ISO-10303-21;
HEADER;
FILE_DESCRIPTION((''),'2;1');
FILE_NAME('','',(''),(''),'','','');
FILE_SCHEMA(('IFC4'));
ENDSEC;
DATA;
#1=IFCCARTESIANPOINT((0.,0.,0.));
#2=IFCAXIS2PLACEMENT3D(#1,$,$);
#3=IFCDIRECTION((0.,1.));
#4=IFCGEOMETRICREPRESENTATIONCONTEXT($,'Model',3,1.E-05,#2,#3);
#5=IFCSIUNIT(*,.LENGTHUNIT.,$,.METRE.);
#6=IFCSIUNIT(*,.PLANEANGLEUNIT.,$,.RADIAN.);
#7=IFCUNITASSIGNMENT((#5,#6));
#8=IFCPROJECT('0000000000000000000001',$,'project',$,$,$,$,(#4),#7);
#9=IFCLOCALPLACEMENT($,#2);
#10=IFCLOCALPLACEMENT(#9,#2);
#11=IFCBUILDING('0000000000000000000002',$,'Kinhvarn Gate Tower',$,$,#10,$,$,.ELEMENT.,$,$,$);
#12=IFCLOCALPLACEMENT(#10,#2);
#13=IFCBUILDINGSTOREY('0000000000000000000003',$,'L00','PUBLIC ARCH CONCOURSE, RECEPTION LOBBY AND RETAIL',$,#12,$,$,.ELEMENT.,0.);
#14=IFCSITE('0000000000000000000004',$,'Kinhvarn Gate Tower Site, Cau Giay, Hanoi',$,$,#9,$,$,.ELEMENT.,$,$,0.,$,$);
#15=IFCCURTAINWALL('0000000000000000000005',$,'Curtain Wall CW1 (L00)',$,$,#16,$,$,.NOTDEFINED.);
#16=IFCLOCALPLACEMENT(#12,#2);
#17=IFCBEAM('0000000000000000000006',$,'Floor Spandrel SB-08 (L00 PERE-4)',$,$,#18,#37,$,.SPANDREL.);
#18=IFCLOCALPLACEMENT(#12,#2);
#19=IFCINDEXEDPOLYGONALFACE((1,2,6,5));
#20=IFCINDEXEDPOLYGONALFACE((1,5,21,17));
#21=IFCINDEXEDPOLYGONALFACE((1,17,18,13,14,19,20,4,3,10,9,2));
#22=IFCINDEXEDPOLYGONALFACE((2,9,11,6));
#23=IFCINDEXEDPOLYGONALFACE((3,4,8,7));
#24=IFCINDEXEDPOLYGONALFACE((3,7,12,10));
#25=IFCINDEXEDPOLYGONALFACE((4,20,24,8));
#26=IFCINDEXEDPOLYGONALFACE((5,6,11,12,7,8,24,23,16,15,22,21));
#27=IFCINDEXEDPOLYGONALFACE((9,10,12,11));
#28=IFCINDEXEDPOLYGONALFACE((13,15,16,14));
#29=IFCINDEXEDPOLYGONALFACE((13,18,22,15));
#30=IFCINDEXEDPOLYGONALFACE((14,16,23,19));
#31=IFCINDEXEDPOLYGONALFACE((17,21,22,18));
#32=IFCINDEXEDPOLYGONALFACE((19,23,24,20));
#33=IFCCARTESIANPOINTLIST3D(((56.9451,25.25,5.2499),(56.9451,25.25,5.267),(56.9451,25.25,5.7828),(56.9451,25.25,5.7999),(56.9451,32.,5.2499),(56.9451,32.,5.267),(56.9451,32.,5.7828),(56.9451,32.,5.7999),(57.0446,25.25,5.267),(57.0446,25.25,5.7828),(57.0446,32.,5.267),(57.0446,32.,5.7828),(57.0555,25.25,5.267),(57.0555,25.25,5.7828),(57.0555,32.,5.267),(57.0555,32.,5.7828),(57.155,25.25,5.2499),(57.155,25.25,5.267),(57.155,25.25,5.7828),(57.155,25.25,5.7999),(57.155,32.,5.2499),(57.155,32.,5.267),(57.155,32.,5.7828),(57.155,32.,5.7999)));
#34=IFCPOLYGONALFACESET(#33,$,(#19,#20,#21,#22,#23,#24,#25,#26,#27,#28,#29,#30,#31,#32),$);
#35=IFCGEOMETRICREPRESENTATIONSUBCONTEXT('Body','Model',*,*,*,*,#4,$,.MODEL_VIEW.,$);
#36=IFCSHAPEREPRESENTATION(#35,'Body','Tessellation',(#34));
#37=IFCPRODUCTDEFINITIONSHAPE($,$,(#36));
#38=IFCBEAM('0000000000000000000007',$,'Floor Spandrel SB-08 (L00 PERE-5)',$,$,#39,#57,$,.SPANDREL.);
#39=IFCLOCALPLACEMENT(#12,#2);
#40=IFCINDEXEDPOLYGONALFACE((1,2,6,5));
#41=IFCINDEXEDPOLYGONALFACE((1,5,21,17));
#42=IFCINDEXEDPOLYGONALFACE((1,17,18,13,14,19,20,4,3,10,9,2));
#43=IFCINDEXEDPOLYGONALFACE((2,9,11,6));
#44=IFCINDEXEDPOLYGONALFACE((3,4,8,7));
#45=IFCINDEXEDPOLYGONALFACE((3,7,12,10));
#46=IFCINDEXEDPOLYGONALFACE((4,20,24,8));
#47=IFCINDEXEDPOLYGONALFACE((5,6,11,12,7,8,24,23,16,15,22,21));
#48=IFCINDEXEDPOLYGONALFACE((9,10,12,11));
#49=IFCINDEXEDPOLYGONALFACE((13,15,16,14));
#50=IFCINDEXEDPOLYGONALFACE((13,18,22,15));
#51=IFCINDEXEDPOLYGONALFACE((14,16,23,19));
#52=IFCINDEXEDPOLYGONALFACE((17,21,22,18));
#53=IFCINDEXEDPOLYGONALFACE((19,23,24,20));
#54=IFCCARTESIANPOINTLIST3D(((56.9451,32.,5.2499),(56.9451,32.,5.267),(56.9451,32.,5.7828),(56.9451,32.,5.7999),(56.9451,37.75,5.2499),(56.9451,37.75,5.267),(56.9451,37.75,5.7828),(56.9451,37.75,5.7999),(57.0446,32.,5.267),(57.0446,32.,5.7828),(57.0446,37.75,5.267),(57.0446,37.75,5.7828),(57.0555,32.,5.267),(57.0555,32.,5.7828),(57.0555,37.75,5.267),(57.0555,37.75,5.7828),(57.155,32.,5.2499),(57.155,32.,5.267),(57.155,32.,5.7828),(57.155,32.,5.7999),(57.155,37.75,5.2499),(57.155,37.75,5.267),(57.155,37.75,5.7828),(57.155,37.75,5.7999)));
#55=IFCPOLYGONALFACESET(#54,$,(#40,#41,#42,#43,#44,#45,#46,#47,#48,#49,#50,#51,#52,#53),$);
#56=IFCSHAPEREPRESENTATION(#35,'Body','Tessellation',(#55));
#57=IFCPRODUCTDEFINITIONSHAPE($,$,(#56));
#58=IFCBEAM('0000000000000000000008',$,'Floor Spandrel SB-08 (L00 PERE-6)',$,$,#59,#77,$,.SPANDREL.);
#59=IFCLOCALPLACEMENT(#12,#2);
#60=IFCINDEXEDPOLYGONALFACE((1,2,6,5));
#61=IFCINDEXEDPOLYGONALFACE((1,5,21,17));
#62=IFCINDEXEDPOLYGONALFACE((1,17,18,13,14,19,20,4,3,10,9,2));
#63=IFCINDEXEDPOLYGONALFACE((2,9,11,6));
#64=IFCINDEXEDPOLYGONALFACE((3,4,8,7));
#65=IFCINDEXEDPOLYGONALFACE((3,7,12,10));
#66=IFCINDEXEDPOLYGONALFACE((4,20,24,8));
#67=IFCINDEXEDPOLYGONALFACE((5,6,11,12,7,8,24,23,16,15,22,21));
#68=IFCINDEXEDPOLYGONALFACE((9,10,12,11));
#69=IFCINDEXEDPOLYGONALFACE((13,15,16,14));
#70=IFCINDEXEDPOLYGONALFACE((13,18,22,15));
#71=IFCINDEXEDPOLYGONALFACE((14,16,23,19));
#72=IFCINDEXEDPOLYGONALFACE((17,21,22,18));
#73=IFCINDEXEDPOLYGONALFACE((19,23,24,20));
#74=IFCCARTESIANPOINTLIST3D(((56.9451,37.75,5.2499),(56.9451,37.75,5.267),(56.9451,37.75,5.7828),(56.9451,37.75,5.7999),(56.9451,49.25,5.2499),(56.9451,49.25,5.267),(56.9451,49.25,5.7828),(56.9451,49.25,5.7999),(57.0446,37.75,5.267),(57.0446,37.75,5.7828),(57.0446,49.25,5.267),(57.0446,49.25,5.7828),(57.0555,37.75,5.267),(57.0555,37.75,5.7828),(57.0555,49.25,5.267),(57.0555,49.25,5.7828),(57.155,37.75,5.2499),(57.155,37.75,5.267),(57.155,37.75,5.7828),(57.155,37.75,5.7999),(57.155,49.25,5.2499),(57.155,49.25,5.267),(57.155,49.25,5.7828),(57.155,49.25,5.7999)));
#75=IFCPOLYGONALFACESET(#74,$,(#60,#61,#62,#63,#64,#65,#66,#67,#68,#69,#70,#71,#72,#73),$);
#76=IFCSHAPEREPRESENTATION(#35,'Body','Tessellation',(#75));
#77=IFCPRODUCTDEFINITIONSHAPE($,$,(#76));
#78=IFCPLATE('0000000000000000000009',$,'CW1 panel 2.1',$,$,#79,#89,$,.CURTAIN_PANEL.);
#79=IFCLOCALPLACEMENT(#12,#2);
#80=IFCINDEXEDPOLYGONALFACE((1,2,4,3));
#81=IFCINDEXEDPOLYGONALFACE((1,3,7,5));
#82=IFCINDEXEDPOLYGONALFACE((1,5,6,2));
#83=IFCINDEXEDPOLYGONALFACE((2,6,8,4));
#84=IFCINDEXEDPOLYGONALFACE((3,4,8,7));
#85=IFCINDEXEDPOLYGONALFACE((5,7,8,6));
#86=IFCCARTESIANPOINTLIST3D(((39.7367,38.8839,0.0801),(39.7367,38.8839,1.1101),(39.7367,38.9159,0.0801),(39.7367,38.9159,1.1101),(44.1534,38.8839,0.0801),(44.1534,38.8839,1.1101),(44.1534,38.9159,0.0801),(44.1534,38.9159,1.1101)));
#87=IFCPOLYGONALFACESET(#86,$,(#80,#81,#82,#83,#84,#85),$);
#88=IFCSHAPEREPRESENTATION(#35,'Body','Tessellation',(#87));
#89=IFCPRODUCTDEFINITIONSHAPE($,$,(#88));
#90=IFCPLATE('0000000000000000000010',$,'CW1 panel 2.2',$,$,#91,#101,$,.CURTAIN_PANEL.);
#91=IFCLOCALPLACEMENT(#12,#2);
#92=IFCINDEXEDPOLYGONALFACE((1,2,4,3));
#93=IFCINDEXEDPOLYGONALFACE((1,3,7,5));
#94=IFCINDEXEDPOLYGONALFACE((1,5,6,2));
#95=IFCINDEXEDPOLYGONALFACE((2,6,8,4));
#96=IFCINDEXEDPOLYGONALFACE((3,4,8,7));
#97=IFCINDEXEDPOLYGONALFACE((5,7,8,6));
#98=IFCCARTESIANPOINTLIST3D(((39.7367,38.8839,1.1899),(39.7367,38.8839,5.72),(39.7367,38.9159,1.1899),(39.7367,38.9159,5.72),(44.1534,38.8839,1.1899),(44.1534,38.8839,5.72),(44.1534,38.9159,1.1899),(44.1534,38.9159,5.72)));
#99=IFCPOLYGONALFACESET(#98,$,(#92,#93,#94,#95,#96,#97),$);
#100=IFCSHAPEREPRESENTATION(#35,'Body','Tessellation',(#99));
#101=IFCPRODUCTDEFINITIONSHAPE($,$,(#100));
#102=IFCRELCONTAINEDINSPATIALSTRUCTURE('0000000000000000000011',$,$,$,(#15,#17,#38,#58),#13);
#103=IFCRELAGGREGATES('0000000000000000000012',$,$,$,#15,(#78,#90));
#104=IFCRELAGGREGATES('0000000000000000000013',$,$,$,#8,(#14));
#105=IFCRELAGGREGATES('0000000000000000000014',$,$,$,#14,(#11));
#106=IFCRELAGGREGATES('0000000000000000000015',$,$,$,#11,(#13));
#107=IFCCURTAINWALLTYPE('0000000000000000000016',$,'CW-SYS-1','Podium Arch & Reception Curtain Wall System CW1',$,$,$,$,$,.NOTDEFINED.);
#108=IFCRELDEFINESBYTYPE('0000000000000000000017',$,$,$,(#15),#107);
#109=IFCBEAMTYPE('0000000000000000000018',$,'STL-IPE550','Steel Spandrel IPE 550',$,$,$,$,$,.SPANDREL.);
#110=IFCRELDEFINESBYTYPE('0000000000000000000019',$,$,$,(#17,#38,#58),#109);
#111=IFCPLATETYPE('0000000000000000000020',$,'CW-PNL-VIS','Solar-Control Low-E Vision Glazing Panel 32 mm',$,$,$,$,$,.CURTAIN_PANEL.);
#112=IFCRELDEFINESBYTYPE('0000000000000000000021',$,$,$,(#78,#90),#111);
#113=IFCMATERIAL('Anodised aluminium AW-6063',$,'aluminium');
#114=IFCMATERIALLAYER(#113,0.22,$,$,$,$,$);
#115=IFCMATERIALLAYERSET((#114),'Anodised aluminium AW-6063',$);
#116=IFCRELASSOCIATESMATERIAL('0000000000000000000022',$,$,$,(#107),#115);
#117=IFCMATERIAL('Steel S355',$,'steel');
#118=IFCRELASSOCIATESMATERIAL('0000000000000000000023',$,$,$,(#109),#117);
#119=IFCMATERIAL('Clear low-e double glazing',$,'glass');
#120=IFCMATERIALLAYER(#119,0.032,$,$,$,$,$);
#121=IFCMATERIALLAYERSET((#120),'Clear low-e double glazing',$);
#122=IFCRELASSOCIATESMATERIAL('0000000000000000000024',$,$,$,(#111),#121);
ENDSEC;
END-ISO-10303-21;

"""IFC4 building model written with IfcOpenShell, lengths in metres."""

from ifc_helpers import new_model, si_unit, direction, frame, origin, origin_2d, place, context, subcontext, project, spatial, rectangle, i_section, extrude, material, layer, layer_set, material_profile, profile_set, type_object, element, aggregate, save


model = new_model("IFC4")

# Units and contexts
model_context = context("Model", 3, precision=1e-05, world=origin(), true_north=direction((0.0, 1.0)))
body_context = subcontext(model_context, "Body", "Model", "MODEL_VIEW")
ifc_project = project(units=[si_unit("LENGTHUNIT", "METRE"), si_unit("PLANEANGLEUNIT", "RADIAN")], contexts=[model_context])

# Site, building, storey
site_placement = place(None, origin())
site = spatial("IfcSite", under=ifc_project, at=site_placement, Name="Kinhvarn Gate Tower Site, Cau Giay, Hanoi", CompositionType="ELEMENT", RefElevation=0.0)
building_placement = place(site_placement, origin())
building = spatial("IfcBuilding", under=site, at=building_placement, Name="Kinhvarn Gate Tower", CompositionType="ELEMENT")
storey_placement = place(building_placement, origin())
storey = spatial("IfcBuildingStorey", under=building, at=storey_placement, Name="L00", Description="PUBLIC ARCH CONCOURSE, RECEPTION LOBBY AND RETAIL", CompositionType="ELEMENT", Elevation=0.0)

# Curtain wall
ifc_material_1 = material(Name="Anodised aluminium AW-6063", Category="aluminium")
ifc_layer_1 = layer(ifc_material_1, 0.22)
ifc_layer_set_1 = layer_set([ifc_layer_1], Name="Anodised aluminium AW-6063")
curtain_wall_type = type_object("IfcCurtainWallType", Name="CW-SYS-1", Description="Podium Arch & Reception Curtain Wall System CW1", PredefinedType="NOTDEFINED", material=ifc_layer_set_1)
curtain_wall_placement = place(storey_placement, origin())
curtain_wall = element("IfcCurtainWall", 1, at=curtain_wall_placement, inside=storey, type_object=curtain_wall_type, Name="Curtain Wall CW1 (L00)", PredefinedType="NOTDEFINED")

# Beams
ifc_material_2 = material(Name="Steel S355", Category="steel")
ifc_material_profile_1 = material_profile(ifc_material_2, i_section(OverallWidth=0.21, OverallDepth=0.55, WebThickness=0.011, FlangeThickness=0.0171, at=origin_2d()), Name="IPE 550")
ifc_profile_set_1 = profile_set([ifc_material_profile_1], Name="Steel S355")
beam_type_1 = type_object("IfcBeamType", Name="STL-IPE550", Description="Steel Spandrel IPE 550", PredefinedType="SPANDREL", material=ifc_profile_set_1)
beam_1_placement = place(storey_placement, frame((57.05, 25.25, 5.5249), z_axis=(0.0, 1.0, 0.0), x_axis=(-1.0, 0.0, 0.0)))
element("IfcBeam", 2, at=beam_1_placement, inside=storey, type_object=beam_type_1, Name="Floor Spandrel SB-08 (L00 PERE-4)", PredefinedType="SPANDREL", context=body_context, shape_type="SweptSolid", body=[
    extrude(i_section(OverallWidth=0.21, OverallDepth=0.55, WebThickness=0.011, FlangeThickness=0.0171, at=origin_2d()), origin(), (0.0, 0.0, 1.0), 6.75),
])
beam_2_placement = place(storey_placement, frame((57.05, 32.0, 5.5249), z_axis=(0.0, 1.0, 0.0), x_axis=(-1.0, 0.0, 0.0)))
element("IfcBeam", 3, at=beam_2_placement, inside=storey, type_object=beam_type_1, Name="Floor Spandrel SB-08 (L00 PERE-5)", PredefinedType="SPANDREL", context=body_context, shape_type="SweptSolid", body=[
    extrude(i_section(OverallWidth=0.21, OverallDepth=0.55, WebThickness=0.011, FlangeThickness=0.0171, at=origin_2d()), origin(), (0.0, 0.0, 1.0), 5.75),
])
beam_3_placement = place(storey_placement, frame((57.05, 37.75, 5.5249), z_axis=(0.0, 1.0, 0.0), x_axis=(-1.0, 0.0, 0.0)))
element("IfcBeam", 4, at=beam_3_placement, inside=storey, type_object=beam_type_1, Name="Floor Spandrel SB-08 (L00 PERE-6)", PredefinedType="SPANDREL", context=body_context, shape_type="SweptSolid", body=[
    extrude(i_section(OverallWidth=0.21, OverallDepth=0.55, WebThickness=0.011, FlangeThickness=0.0171, at=origin_2d()), origin(), (0.0, 0.0, 1.0), 11.5),
])

# Plates
ifc_material_3 = material(Name="Clear low-e double glazing", Category="glass")
ifc_layer_2 = layer(ifc_material_3, 0.032)
ifc_layer_set_2 = layer_set([ifc_layer_2], Name="Clear low-e double glazing")
plate_type = type_object("IfcPlateType", Name="CW-PNL-VIS", Description="Solar-Control Low-E Vision Glazing Panel 32 mm", PredefinedType="CURTAIN_PANEL", material=ifc_layer_set_2)
plate_1_placement = place(storey_placement, frame((41.9451, 38.8999, 0.0801), z_axis=(0.0, 0.0, 1.0), x_axis=(-1.0, 0.0, 0.0)))
plate_1 = element("IfcPlate", 5, at=plate_1_placement, type_object=plate_type, Name="CW1 panel 2.1", PredefinedType="CURTAIN_PANEL", context=body_context, shape_type="SweptSolid", body=[
    extrude(rectangle(XDim=4.4167, YDim=0.032, at=origin_2d()), origin(), (0.0, 0.0, 1.0), 1.03),
])
plate_2_placement = place(storey_placement, frame((41.9451, 38.8999, 1.1899), z_axis=(0.0, 0.0, 1.0), x_axis=(-1.0, 0.0, 0.0)))
plate_2 = element("IfcPlate", 6, at=plate_2_placement, type_object=plate_type, Name="CW1 panel 2.2", PredefinedType="CURTAIN_PANEL", context=body_context, shape_type="SweptSolid", body=[
    extrude(rectangle(XDim=4.4167, YDim=0.032, at=origin_2d()), origin(), (0.0, 0.0, 1.0), 4.53),
])
aggregate(curtain_wall, [plate_1, plate_2])

save(model, "model.ifc")
